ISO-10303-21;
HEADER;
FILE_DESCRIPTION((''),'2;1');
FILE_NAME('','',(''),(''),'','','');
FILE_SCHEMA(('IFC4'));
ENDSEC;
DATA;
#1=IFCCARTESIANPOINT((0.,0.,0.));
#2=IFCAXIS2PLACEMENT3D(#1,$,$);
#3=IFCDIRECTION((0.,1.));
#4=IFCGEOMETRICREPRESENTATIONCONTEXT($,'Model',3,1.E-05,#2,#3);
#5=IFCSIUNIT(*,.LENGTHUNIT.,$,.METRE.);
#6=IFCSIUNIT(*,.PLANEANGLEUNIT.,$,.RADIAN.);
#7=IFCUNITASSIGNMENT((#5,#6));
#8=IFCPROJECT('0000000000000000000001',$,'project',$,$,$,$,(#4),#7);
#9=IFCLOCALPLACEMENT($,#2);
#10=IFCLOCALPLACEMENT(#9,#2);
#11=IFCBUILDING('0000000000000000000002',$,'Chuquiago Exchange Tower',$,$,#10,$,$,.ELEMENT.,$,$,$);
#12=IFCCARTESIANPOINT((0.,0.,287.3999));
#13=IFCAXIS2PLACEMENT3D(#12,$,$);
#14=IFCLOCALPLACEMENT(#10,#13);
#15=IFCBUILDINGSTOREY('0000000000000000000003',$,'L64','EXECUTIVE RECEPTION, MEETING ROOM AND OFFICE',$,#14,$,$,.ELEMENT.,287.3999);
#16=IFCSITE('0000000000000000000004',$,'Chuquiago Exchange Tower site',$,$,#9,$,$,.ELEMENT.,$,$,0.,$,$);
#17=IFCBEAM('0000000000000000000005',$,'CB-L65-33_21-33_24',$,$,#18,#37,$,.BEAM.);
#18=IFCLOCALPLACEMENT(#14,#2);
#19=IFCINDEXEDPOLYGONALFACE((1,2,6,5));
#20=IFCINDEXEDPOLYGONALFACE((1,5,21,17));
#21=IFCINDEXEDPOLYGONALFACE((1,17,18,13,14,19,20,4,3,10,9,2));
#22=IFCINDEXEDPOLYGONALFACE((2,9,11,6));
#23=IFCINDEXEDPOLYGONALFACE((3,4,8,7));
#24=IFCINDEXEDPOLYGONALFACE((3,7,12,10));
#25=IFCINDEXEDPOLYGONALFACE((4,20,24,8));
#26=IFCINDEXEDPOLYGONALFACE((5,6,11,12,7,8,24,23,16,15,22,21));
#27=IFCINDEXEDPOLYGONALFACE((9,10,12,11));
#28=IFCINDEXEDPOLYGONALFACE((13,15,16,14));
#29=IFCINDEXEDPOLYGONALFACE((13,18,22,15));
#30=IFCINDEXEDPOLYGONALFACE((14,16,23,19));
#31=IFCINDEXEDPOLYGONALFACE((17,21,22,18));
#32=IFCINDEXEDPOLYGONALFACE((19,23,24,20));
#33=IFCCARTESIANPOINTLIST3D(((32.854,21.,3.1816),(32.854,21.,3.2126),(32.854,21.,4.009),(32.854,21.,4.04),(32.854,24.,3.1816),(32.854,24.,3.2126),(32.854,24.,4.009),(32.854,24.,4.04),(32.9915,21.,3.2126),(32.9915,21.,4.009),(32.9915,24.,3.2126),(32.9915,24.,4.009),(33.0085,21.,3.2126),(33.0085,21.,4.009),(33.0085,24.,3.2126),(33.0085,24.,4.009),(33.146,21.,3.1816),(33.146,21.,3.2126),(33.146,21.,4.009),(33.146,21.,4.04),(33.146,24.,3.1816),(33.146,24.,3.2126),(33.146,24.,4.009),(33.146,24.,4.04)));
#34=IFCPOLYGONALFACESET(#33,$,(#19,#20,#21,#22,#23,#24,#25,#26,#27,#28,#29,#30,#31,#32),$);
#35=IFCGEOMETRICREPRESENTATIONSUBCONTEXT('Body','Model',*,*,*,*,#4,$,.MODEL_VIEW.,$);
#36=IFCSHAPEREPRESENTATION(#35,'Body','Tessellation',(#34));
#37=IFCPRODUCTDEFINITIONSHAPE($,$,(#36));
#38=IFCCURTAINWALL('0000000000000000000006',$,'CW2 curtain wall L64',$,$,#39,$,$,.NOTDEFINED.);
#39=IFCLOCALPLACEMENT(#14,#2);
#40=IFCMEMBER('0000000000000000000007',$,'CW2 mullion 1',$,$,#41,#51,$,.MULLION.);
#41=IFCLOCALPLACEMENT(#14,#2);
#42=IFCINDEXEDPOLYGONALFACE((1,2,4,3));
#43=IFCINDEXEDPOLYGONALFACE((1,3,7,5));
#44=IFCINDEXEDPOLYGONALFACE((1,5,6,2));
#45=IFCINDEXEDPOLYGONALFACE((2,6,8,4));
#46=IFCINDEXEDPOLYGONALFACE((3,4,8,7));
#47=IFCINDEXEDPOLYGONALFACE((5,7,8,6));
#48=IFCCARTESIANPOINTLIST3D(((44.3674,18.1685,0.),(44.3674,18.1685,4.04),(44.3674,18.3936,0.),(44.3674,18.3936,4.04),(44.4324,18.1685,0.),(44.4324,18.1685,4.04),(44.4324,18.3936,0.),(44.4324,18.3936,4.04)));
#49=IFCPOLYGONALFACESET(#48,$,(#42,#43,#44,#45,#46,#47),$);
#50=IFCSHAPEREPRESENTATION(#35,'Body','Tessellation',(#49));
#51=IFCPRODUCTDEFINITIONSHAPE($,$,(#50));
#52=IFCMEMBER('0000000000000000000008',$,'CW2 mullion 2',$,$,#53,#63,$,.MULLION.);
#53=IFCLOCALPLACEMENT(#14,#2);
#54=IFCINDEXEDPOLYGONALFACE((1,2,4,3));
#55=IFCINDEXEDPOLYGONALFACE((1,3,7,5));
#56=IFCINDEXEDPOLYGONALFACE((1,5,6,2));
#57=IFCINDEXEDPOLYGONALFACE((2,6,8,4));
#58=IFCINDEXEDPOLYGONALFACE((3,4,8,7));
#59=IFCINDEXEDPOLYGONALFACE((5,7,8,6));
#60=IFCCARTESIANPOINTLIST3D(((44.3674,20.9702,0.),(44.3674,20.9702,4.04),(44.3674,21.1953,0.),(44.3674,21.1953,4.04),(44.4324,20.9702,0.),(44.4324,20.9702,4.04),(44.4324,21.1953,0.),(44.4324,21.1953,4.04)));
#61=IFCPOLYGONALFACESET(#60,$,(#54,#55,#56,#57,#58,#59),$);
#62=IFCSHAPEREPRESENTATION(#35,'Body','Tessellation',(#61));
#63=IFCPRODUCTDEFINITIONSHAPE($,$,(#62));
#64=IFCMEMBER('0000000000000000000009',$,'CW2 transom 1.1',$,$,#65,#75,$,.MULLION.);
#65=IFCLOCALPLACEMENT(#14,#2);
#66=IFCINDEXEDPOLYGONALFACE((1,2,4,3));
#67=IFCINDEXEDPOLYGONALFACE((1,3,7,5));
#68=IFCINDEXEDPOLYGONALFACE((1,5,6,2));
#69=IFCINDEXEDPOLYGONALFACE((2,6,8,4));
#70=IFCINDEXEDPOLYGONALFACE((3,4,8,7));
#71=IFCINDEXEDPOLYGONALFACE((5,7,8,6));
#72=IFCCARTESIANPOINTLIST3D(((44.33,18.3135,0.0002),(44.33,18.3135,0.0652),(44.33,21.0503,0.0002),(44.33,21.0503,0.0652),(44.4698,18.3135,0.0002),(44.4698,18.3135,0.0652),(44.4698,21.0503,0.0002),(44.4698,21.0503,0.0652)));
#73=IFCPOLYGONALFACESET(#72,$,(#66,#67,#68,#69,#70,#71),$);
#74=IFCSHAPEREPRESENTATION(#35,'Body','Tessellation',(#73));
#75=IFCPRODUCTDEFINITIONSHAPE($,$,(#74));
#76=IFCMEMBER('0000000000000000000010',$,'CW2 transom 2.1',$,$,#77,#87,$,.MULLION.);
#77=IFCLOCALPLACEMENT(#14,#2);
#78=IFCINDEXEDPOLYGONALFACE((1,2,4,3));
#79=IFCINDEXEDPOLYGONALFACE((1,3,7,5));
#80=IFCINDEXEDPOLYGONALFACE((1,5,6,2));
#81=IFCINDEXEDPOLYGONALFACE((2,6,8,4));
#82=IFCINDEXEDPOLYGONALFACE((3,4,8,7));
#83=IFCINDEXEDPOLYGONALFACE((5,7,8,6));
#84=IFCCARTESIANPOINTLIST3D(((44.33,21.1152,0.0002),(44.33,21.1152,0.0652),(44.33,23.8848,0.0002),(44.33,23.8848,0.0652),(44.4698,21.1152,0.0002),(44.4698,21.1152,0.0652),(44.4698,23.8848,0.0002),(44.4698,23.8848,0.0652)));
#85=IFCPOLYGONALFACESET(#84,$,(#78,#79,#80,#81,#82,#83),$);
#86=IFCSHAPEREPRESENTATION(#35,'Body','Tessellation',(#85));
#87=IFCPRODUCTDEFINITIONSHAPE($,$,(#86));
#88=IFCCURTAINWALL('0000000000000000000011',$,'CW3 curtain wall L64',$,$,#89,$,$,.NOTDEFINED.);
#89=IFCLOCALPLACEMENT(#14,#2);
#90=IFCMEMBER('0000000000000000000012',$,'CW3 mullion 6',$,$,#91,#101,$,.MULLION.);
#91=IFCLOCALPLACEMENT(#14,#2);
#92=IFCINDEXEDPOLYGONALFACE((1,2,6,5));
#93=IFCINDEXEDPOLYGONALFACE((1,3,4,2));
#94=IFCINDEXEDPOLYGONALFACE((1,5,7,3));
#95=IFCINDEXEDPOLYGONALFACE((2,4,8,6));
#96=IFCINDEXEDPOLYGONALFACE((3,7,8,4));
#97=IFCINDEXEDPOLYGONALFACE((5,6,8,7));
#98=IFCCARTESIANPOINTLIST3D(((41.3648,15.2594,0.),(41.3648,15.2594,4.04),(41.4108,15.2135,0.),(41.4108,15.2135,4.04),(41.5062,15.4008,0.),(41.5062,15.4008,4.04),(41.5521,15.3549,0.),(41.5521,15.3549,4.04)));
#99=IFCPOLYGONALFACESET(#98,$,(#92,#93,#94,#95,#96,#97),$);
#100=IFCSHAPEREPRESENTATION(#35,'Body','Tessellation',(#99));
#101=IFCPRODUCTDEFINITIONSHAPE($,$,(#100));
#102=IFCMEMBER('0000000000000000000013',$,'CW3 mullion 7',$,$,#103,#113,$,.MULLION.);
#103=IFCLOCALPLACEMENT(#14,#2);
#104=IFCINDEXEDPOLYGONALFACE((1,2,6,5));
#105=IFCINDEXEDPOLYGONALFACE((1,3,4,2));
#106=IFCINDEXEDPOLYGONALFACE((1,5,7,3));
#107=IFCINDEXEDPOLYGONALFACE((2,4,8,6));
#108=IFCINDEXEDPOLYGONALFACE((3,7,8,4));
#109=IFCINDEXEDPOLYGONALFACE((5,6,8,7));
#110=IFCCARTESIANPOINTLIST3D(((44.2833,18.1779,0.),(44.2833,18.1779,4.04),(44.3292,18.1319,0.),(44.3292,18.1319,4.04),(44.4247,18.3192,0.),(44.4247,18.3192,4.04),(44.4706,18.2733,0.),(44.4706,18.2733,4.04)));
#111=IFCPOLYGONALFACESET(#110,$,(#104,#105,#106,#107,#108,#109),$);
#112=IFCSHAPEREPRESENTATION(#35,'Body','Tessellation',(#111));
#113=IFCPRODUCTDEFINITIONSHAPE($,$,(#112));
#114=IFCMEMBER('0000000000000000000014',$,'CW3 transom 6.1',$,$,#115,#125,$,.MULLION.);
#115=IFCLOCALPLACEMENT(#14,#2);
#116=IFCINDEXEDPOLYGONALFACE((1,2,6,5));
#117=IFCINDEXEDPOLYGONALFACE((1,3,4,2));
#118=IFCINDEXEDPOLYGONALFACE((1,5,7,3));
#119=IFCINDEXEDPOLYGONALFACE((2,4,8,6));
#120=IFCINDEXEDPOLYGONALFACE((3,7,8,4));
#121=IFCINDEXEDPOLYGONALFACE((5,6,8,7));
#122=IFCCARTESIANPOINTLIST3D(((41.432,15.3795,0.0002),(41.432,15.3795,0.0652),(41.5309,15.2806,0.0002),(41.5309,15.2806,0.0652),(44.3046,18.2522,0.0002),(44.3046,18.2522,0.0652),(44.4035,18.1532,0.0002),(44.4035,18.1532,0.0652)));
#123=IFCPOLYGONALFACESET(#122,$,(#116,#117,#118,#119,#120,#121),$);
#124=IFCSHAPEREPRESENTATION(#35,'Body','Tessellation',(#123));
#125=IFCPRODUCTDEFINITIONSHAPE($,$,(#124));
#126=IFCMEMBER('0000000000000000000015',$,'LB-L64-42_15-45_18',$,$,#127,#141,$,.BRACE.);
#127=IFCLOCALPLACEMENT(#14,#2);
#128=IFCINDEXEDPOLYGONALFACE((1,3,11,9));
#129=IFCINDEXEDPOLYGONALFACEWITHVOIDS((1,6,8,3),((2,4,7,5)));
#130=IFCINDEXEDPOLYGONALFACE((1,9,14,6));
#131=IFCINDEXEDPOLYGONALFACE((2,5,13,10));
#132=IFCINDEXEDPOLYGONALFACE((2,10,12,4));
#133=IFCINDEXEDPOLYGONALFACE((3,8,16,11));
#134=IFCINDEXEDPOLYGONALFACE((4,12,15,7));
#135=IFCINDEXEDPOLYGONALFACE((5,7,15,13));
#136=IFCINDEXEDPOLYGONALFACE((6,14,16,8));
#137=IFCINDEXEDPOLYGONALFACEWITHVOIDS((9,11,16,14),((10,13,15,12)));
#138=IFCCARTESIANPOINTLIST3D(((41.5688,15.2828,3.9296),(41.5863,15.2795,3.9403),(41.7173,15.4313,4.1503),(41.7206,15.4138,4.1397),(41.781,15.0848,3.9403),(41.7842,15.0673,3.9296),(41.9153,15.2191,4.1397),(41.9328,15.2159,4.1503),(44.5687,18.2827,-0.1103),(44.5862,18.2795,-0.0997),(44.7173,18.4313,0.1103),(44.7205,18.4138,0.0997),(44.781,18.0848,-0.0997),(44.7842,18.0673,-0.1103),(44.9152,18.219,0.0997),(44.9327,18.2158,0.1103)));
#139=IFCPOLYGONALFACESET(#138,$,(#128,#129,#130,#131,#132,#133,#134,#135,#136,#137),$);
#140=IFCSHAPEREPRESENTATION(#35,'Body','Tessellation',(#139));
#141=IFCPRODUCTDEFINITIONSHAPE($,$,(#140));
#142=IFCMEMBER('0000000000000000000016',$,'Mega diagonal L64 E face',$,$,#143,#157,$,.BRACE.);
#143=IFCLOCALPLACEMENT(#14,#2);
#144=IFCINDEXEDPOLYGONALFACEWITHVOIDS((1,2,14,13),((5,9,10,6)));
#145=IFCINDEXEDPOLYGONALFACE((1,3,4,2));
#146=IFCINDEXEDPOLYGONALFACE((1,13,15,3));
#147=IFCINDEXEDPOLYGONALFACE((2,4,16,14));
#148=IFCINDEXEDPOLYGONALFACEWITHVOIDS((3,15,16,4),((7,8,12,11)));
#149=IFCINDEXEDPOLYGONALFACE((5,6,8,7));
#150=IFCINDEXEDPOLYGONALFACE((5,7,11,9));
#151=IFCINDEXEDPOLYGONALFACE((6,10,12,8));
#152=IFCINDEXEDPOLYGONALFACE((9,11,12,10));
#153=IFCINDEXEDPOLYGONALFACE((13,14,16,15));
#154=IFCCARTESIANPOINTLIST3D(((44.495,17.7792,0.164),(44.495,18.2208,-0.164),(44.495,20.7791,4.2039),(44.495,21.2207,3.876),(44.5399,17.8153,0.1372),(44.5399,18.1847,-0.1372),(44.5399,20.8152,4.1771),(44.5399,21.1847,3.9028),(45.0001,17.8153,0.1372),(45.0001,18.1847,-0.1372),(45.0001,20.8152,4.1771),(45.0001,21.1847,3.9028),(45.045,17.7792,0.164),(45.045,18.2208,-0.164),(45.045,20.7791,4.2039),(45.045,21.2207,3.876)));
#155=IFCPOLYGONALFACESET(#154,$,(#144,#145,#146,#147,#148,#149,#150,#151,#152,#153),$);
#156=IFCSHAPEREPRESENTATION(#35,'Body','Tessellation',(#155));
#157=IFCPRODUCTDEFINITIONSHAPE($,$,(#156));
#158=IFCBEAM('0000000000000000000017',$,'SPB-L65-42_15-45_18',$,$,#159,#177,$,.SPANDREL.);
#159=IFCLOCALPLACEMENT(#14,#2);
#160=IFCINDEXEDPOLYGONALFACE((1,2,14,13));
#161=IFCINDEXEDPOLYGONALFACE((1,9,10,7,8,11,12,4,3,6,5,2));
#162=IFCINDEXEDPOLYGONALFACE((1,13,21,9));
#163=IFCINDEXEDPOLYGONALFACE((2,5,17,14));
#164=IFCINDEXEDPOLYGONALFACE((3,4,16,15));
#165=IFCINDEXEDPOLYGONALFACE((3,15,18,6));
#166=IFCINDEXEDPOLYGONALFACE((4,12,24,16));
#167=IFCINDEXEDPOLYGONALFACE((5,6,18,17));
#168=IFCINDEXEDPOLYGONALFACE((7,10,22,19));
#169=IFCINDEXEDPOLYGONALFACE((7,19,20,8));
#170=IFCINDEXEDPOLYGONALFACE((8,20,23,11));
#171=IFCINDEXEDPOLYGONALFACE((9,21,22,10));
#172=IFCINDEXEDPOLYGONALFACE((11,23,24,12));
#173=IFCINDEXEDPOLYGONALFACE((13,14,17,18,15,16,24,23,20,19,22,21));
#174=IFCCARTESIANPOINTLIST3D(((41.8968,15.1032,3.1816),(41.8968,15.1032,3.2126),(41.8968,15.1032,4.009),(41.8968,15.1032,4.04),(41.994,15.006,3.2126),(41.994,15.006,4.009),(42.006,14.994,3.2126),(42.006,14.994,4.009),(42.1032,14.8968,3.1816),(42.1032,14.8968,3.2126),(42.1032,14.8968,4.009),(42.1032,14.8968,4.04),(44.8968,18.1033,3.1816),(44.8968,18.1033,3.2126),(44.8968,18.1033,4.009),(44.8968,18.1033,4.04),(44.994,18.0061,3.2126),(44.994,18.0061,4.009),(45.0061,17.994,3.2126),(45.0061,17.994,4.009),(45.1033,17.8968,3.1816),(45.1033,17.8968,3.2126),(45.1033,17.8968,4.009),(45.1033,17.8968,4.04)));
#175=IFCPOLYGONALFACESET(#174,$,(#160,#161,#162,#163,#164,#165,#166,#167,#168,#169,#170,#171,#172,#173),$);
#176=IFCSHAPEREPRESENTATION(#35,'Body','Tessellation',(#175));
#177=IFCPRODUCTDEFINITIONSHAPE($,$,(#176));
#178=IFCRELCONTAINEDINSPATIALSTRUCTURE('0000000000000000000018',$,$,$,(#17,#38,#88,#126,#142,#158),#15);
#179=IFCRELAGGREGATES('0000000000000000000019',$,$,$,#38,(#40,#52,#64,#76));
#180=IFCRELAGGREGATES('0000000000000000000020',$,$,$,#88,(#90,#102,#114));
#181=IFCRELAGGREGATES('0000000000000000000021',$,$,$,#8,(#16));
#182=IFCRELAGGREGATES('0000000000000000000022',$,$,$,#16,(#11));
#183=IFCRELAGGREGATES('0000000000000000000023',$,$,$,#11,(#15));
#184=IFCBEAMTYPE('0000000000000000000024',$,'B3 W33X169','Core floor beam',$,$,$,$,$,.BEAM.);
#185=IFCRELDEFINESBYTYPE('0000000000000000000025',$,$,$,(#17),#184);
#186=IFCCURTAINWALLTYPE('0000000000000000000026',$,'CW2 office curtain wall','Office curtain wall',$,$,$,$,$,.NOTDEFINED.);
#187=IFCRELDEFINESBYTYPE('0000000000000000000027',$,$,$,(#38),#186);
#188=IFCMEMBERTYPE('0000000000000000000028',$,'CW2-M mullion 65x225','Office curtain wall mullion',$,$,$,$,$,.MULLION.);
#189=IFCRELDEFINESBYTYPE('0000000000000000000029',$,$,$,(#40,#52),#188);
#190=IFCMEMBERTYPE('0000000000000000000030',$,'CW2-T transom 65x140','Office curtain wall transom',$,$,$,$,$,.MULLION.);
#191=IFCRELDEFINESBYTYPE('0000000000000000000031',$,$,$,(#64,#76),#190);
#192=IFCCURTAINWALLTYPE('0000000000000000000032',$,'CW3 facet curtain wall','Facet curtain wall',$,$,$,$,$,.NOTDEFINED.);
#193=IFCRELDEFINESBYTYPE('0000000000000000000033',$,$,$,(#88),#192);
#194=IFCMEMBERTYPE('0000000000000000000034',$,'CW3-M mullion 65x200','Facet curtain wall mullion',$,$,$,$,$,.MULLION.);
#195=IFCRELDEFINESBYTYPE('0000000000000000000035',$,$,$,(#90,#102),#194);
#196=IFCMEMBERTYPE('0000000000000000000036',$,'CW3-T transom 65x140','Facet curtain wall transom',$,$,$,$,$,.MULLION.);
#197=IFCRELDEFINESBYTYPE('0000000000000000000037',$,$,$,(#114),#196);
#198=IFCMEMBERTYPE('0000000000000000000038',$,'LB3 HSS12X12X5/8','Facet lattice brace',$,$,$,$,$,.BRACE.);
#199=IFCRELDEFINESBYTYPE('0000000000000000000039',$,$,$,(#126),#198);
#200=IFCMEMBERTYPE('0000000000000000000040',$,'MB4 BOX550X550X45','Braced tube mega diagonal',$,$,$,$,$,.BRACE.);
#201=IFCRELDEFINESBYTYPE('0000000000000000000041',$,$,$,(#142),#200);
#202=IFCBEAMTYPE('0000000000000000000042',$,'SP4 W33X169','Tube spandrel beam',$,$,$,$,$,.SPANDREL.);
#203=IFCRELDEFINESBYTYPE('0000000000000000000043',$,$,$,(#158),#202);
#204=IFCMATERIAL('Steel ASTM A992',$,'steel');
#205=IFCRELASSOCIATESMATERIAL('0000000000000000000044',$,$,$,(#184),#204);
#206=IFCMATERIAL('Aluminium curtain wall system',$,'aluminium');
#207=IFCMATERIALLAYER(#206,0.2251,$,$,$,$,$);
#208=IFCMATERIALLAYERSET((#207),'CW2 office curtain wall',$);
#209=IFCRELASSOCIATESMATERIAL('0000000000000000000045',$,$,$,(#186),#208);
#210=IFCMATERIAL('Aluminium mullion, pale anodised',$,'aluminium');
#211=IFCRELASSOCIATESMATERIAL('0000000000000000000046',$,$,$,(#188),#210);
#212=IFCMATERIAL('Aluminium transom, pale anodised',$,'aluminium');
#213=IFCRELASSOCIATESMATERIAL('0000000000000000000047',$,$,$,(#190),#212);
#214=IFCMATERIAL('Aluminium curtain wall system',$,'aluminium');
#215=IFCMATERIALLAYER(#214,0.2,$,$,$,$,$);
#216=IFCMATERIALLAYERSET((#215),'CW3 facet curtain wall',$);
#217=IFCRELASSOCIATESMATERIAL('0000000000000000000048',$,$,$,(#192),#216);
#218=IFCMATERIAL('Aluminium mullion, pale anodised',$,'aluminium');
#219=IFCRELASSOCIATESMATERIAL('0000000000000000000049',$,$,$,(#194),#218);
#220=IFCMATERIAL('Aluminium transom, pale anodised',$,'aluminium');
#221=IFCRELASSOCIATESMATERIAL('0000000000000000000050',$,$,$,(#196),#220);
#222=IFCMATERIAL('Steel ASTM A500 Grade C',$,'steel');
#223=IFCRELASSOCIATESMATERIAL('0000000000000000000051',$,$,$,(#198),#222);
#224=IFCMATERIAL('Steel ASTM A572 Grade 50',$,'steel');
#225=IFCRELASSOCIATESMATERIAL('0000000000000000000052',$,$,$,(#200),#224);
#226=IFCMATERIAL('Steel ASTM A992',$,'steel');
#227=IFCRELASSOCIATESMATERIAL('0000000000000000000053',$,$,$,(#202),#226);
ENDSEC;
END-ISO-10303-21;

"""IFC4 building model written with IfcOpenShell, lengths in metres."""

from ifc_helpers import new_model, si_unit, direction, frame, origin, origin_2d, place, context, subcontext, project, spatial, rectangle, hollow_rectangle, i_section, extrude, material, layer, layer_set, material_profile, profile_set, type_object, element, aggregate, save


model = new_model("IFC4")

# Units and contexts
model_context = context("Model", 3, precision=1e-05, world=origin(), true_north=direction((0.0, 1.0)))
body_context = subcontext(model_context, "Body", "Model", "MODEL_VIEW")
ifc_project = project(units=[si_unit("LENGTHUNIT", "METRE"), si_unit("PLANEANGLEUNIT", "RADIAN")], contexts=[model_context])

# Site, building, storey
site_placement = place(None, origin())
site = spatial("IfcSite", under=ifc_project, at=site_placement, Name="Chuquiago Exchange Tower site", CompositionType="ELEMENT", RefElevation=0.0)
building_placement = place(site_placement, origin())
building = spatial("IfcBuilding", under=site, at=building_placement, Name="Chuquiago Exchange Tower", CompositionType="ELEMENT")
storey_placement = place(building_placement, frame((0.0, 0.0, 287.3999)))
storey = spatial("IfcBuildingStorey", under=building, at=storey_placement, Name="L64", Description="EXECUTIVE RECEPTION, MEETING ROOM AND OFFICE", CompositionType="ELEMENT", Elevation=287.3999)

# Beam
ifc_material_1 = material(Name="Steel ASTM A992", Category="steel")
ifc_material_profile_1 = material_profile(ifc_material_1, i_section(OverallWidth=0.292, OverallDepth=0.8584, WebThickness=0.0171, FlangeThickness=0.031, at=origin_2d()), Name="W33X169")
ifc_profile_set_1 = profile_set([ifc_material_profile_1], Name="Steel ASTM A992")
beam_type_1 = type_object("IfcBeamType", Name="B3 W33X169", Description="Core floor beam", PredefinedType="BEAM", material=ifc_profile_set_1)
beam_1_placement = place(storey_placement, frame((33.0, 21.0, 3.6108), z_axis=(0.0, 1.0, 0.0), x_axis=(-1.0, 0.0, 0.0)))
element("IfcBeam", 1, at=beam_1_placement, inside=storey, type_object=beam_type_1, Name="CB-L65-33_21-33_24", PredefinedType="BEAM", context=body_context, shape_type="SweptSolid", body=[
    extrude(i_section(OverallWidth=0.292, OverallDepth=0.8584, WebThickness=0.0171, FlangeThickness=0.031, at=origin_2d()), origin(), (0.0, 0.0, 1.0), 3.0),
])

# Curtain walls, members
ifc_material_2 = material(Name="Aluminium curtain wall system", Category="aluminium")
ifc_layer_1 = layer(ifc_material_2, 0.2251)
ifc_layer_set_1 = layer_set([ifc_layer_1], Name="CW2 office curtain wall")
curtain_wall_type_1 = type_object("IfcCurtainWallType", Name="CW2 office curtain wall", Description="Office curtain wall", PredefinedType="NOTDEFINED", material=ifc_layer_set_1)
curtain_wall_1_placement = place(storey_placement, origin())
curtain_wall_1 = element("IfcCurtainWall", 2, at=curtain_wall_1_placement, inside=storey, type_object=curtain_wall_type_1, Name="CW2 curtain wall L64", PredefinedType="NOTDEFINED")
ifc_material_3 = material(Name="Aluminium mullion, pale anodised", Category="aluminium")
ifc_material_profile_2 = material_profile(ifc_material_3, rectangle(XDim=0.0649, YDim=0.2251, at=origin_2d()), Name="AL 65x225")
ifc_profile_set_2 = profile_set([ifc_material_profile_2], Name="Aluminium mullion, pale anodised")
member_type_1 = type_object("IfcMemberType", Name="CW2-M mullion 65x225", Description="Office curtain wall mullion", PredefinedType="MULLION", material=ifc_profile_set_2)
member_1_placement = place(storey_placement, frame((44.3999, 18.281, 0.0), z_axis=(0.0, 0.0, 1.0), x_axis=(-1.0, 0.0, 0.0)))
member_1 = element("IfcMember", 3, at=member_1_placement, type_object=member_type_1, Name="CW2 mullion 1", PredefinedType="MULLION", context=body_context, shape_type="SweptSolid", body=[
    extrude(rectangle(XDim=0.0649, YDim=0.2251, at=origin_2d()), origin(), (0.0, 0.0, 1.0), 4.04),
])
member_2_placement = place(storey_placement, frame((44.3999, 21.0828, 0.0), z_axis=(0.0, 0.0, 1.0), x_axis=(-1.0, 0.0, 0.0)))
member_2 = element("IfcMember", 4, at=member_2_placement, type_object=member_type_1, Name="CW2 mullion 2", PredefinedType="MULLION", context=body_context, shape_type="SweptSolid", body=[
    extrude(rectangle(XDim=0.0649, YDim=0.2251, at=origin_2d()), origin(), (0.0, 0.0, 1.0), 4.04),
])
ifc_material_4 = material(Name="Aluminium transom, pale anodised", Category="aluminium")
ifc_material_profile_3 = material_profile(ifc_material_4, rectangle(XDim=0.1399, YDim=0.0649, at=origin_2d()), Name="AL 140x65")
ifc_profile_set_3 = profile_set([ifc_material_profile_3], Name="Aluminium transom, pale anodised")
member_type_2 = type_object("IfcMemberType", Name="CW2-T transom 65x140", Description="Office curtain wall transom", PredefinedType="MULLION", material=ifc_profile_set_3)
member_3_placement = place(storey_placement, frame((44.3999, 18.3135, 0.0327), z_axis=(0.0, 1.0, 0.0), x_axis=(-1.0, 0.0, 0.0)))
member_3 = element("IfcMember", 5, at=member_3_placement, type_object=member_type_2, Name="CW2 transom 1.1", PredefinedType="MULLION", context=body_context, shape_type="SweptSolid", body=[
    extrude(rectangle(XDim=0.1399, YDim=0.0649, at=origin_2d()), origin(), (0.0, 0.0, 1.0), 2.7368),
])
member_4_placement = place(storey_placement, frame((44.3999, 21.1152, 0.0327), z_axis=(0.0, 1.0, 0.0), x_axis=(-1.0, 0.0, 0.0)))
member_4 = element("IfcMember", 6, at=member_4_placement, type_object=member_type_2, Name="CW2 transom 2.1", PredefinedType="MULLION", context=body_context, shape_type="SweptSolid", body=[
    extrude(rectangle(XDim=0.1399, YDim=0.0649, at=origin_2d()), origin(), (0.0, 0.0, 1.0), 2.7695),
])
ifc_material_5 = material(Name="Aluminium curtain wall system", Category="aluminium")
ifc_layer_2 = layer(ifc_material_5, 0.2)
ifc_layer_set_2 = layer_set([ifc_layer_2], Name="CW3 facet curtain wall")
curtain_wall_type_2 = type_object("IfcCurtainWallType", Name="CW3 facet curtain wall", Description="Facet curtain wall", PredefinedType="NOTDEFINED", material=ifc_layer_set_2)
curtain_wall_2_placement = place(storey_placement, origin())
curtain_wall_2 = element("IfcCurtainWall", 7, at=curtain_wall_2_placement, inside=storey, type_object=curtain_wall_type_2, Name="CW3 curtain wall L64", PredefinedType="NOTDEFINED")
ifc_material_6 = material(Name="Aluminium mullion, pale anodised", Category="aluminium")
ifc_material_profile_4 = material_profile(ifc_material_6, rectangle(XDim=0.0649, YDim=0.2, at=origin_2d()), Name="AL 65x200")
ifc_profile_set_4 = profile_set([ifc_material_profile_4], Name="Aluminium mullion, pale anodised")
member_type_3 = type_object("IfcMemberType", Name="CW3-M mullion 65x200", Description="Facet curtain wall mullion", PredefinedType="MULLION", material=ifc_profile_set_4)
member_5_placement = place(storey_placement, frame((41.4585, 15.3071, 0.0), z_axis=(0.0, 0.0, 1.0), x_axis=(-0.707107, 0.707107, 0.0)))
member_5 = element("IfcMember", 8, at=member_5_placement, type_object=member_type_3, Name="CW3 mullion 6", PredefinedType="MULLION", context=body_context, shape_type="SweptSolid", body=[
    extrude(rectangle(XDim=0.0649, YDim=0.2, at=origin_2d()), origin(), (0.0, 0.0, 1.0), 4.04),
])
member_6_placement = place(storey_placement, frame((44.377, 18.2256, 0.0), z_axis=(0.0, 0.0, 1.0), x_axis=(-0.707107, 0.707107, 0.0)))
member_6 = element("IfcMember", 9, at=member_6_placement, type_object=member_type_3, Name="CW3 mullion 7", PredefinedType="MULLION", context=body_context, shape_type="SweptSolid", body=[
    extrude(rectangle(XDim=0.0649, YDim=0.2, at=origin_2d()), origin(), (0.0, 0.0, 1.0), 4.04),
])
ifc_material_7 = material(Name="Aluminium transom, pale anodised", Category="aluminium")
ifc_material_profile_5 = material_profile(ifc_material_7, rectangle(XDim=0.1399, YDim=0.0649, at=origin_2d()), Name="AL 140x65")
ifc_profile_set_5 = profile_set([ifc_material_profile_5], Name="Aluminium transom, pale anodised")
member_type_4 = type_object("IfcMemberType", Name="CW3-T transom 65x140", Description="Facet curtain wall transom", PredefinedType="MULLION", material=ifc_profile_set_5)
member_7_placement = place(storey_placement, frame((41.4814, 15.3301, 0.0327), z_axis=(0.707107, 0.707107, 0.0), x_axis=(-0.707107, 0.707107, 0.0)))
member_7 = element("IfcMember", 10, at=member_7_placement, type_object=member_type_4, Name="CW3 transom 6.1", PredefinedType="MULLION", context=body_context, shape_type="SweptSolid", body=[
    extrude(rectangle(XDim=0.1399, YDim=0.0649, at=origin_2d()), origin(), (0.0, 0.0, 1.0), 4.0625),
])

# Members
ifc_material_8 = material(Name="Steel ASTM A500 Grade C", Category="steel")
ifc_material_profile_6 = material_profile(ifc_material_8, hollow_rectangle(XDim=0.3047, YDim=0.3047, WallThickness=0.0146, at=origin_2d()), Name="HSS12X12X5/8")
ifc_profile_set_6 = profile_set([ifc_material_profile_6], Name="Steel ASTM A500 Grade C")
member_type_5 = type_object("IfcMemberType", Name="LB3 HSS12X12X5/8", Description="Facet lattice brace", PredefinedType="BRACE", material=ifc_profile_set_6)
member_8_placement = place(storey_placement, frame((44.7507, 18.2493, 0.0), z_axis=(-0.512077, -0.512077, 0.689604), x_axis=(0.707107, -0.707107, 0.0)))
element("IfcMember", 11, at=member_8_placement, inside=storey, type_object=member_type_5, Name="LB-L64-42_15-45_18", PredefinedType="BRACE", context=body_context, shape_type="SweptSolid", body=[
    extrude(hollow_rectangle(XDim=0.3047, YDim=0.3047, WallThickness=0.0146, at=origin_2d()), origin(), (0.0, 0.0, 1.0), 5.8584),
])
ifc_material_9 = material(Name="Steel ASTM A572 Grade 50", Category="steel")
ifc_material_profile_7 = material_profile(ifc_material_9, hollow_rectangle(XDim=0.55, YDim=0.55, WallThickness=0.0449, at=origin_2d()), Name="BOX550X550X45")
ifc_profile_set_7 = profile_set([ifc_material_profile_7], Name="Steel ASTM A572 Grade 50")
member_type_6 = type_object("IfcMemberType", Name="MB4 BOX550X550X45", Description="Braced tube mega diagonal", PredefinedType="BRACE", material=ifc_profile_set_7)
member_9_placement = place(storey_placement, frame((44.77, 18.0, 0.0), z_axis=(0.0, 0.596174, 0.802855), x_axis=(-1.0, 0.0, 0.0)))
element("IfcMember", 12, at=member_9_placement, inside=storey, type_object=member_type_6, Name="Mega diagonal L64 E face", PredefinedType="BRACE", context=body_context, shape_type="SweptSolid", body=[
    extrude(hollow_rectangle(XDim=0.55, YDim=0.55, WallThickness=0.0449, at=origin_2d()), origin(), (0.0, 0.0, 1.0), 5.032),
])

# Beam
ifc_material_10 = material(Name="Steel ASTM A992", Category="steel")
ifc_material_profile_8 = material_profile(ifc_material_10, i_section(OverallWidth=0.292, OverallDepth=0.8584, WebThickness=0.0171, FlangeThickness=0.031, at=origin_2d()), Name="W33X169")
ifc_profile_set_8 = profile_set([ifc_material_profile_8], Name="Steel ASTM A992")
beam_type_2 = type_object("IfcBeamType", Name="SP4 W33X169", Description="Tube spandrel beam", PredefinedType="SPANDREL", material=ifc_profile_set_8)
beam_2_placement = place(storey_placement, frame((42.0, 15.0, 3.6108), z_axis=(0.707107, 0.707107, 0.0), x_axis=(-0.707107, 0.707107, 0.0)))
element("IfcBeam", 13, at=beam_2_placement, inside=storey, type_object=beam_type_2, Name="SPB-L65-42_15-45_18", PredefinedType="SPANDREL", context=body_context, shape_type="SweptSolid", body=[
    extrude(i_section(OverallWidth=0.292, OverallDepth=0.8584, WebThickness=0.0171, FlangeThickness=0.031, at=origin_2d()), origin(), (0.0, 0.0, 1.0), 4.2427),
])

aggregate(curtain_wall_1, [member_1, member_2, member_3, member_4])
aggregate(curtain_wall_2, [member_5, member_6, member_7])

save(model, "model.ifc")
